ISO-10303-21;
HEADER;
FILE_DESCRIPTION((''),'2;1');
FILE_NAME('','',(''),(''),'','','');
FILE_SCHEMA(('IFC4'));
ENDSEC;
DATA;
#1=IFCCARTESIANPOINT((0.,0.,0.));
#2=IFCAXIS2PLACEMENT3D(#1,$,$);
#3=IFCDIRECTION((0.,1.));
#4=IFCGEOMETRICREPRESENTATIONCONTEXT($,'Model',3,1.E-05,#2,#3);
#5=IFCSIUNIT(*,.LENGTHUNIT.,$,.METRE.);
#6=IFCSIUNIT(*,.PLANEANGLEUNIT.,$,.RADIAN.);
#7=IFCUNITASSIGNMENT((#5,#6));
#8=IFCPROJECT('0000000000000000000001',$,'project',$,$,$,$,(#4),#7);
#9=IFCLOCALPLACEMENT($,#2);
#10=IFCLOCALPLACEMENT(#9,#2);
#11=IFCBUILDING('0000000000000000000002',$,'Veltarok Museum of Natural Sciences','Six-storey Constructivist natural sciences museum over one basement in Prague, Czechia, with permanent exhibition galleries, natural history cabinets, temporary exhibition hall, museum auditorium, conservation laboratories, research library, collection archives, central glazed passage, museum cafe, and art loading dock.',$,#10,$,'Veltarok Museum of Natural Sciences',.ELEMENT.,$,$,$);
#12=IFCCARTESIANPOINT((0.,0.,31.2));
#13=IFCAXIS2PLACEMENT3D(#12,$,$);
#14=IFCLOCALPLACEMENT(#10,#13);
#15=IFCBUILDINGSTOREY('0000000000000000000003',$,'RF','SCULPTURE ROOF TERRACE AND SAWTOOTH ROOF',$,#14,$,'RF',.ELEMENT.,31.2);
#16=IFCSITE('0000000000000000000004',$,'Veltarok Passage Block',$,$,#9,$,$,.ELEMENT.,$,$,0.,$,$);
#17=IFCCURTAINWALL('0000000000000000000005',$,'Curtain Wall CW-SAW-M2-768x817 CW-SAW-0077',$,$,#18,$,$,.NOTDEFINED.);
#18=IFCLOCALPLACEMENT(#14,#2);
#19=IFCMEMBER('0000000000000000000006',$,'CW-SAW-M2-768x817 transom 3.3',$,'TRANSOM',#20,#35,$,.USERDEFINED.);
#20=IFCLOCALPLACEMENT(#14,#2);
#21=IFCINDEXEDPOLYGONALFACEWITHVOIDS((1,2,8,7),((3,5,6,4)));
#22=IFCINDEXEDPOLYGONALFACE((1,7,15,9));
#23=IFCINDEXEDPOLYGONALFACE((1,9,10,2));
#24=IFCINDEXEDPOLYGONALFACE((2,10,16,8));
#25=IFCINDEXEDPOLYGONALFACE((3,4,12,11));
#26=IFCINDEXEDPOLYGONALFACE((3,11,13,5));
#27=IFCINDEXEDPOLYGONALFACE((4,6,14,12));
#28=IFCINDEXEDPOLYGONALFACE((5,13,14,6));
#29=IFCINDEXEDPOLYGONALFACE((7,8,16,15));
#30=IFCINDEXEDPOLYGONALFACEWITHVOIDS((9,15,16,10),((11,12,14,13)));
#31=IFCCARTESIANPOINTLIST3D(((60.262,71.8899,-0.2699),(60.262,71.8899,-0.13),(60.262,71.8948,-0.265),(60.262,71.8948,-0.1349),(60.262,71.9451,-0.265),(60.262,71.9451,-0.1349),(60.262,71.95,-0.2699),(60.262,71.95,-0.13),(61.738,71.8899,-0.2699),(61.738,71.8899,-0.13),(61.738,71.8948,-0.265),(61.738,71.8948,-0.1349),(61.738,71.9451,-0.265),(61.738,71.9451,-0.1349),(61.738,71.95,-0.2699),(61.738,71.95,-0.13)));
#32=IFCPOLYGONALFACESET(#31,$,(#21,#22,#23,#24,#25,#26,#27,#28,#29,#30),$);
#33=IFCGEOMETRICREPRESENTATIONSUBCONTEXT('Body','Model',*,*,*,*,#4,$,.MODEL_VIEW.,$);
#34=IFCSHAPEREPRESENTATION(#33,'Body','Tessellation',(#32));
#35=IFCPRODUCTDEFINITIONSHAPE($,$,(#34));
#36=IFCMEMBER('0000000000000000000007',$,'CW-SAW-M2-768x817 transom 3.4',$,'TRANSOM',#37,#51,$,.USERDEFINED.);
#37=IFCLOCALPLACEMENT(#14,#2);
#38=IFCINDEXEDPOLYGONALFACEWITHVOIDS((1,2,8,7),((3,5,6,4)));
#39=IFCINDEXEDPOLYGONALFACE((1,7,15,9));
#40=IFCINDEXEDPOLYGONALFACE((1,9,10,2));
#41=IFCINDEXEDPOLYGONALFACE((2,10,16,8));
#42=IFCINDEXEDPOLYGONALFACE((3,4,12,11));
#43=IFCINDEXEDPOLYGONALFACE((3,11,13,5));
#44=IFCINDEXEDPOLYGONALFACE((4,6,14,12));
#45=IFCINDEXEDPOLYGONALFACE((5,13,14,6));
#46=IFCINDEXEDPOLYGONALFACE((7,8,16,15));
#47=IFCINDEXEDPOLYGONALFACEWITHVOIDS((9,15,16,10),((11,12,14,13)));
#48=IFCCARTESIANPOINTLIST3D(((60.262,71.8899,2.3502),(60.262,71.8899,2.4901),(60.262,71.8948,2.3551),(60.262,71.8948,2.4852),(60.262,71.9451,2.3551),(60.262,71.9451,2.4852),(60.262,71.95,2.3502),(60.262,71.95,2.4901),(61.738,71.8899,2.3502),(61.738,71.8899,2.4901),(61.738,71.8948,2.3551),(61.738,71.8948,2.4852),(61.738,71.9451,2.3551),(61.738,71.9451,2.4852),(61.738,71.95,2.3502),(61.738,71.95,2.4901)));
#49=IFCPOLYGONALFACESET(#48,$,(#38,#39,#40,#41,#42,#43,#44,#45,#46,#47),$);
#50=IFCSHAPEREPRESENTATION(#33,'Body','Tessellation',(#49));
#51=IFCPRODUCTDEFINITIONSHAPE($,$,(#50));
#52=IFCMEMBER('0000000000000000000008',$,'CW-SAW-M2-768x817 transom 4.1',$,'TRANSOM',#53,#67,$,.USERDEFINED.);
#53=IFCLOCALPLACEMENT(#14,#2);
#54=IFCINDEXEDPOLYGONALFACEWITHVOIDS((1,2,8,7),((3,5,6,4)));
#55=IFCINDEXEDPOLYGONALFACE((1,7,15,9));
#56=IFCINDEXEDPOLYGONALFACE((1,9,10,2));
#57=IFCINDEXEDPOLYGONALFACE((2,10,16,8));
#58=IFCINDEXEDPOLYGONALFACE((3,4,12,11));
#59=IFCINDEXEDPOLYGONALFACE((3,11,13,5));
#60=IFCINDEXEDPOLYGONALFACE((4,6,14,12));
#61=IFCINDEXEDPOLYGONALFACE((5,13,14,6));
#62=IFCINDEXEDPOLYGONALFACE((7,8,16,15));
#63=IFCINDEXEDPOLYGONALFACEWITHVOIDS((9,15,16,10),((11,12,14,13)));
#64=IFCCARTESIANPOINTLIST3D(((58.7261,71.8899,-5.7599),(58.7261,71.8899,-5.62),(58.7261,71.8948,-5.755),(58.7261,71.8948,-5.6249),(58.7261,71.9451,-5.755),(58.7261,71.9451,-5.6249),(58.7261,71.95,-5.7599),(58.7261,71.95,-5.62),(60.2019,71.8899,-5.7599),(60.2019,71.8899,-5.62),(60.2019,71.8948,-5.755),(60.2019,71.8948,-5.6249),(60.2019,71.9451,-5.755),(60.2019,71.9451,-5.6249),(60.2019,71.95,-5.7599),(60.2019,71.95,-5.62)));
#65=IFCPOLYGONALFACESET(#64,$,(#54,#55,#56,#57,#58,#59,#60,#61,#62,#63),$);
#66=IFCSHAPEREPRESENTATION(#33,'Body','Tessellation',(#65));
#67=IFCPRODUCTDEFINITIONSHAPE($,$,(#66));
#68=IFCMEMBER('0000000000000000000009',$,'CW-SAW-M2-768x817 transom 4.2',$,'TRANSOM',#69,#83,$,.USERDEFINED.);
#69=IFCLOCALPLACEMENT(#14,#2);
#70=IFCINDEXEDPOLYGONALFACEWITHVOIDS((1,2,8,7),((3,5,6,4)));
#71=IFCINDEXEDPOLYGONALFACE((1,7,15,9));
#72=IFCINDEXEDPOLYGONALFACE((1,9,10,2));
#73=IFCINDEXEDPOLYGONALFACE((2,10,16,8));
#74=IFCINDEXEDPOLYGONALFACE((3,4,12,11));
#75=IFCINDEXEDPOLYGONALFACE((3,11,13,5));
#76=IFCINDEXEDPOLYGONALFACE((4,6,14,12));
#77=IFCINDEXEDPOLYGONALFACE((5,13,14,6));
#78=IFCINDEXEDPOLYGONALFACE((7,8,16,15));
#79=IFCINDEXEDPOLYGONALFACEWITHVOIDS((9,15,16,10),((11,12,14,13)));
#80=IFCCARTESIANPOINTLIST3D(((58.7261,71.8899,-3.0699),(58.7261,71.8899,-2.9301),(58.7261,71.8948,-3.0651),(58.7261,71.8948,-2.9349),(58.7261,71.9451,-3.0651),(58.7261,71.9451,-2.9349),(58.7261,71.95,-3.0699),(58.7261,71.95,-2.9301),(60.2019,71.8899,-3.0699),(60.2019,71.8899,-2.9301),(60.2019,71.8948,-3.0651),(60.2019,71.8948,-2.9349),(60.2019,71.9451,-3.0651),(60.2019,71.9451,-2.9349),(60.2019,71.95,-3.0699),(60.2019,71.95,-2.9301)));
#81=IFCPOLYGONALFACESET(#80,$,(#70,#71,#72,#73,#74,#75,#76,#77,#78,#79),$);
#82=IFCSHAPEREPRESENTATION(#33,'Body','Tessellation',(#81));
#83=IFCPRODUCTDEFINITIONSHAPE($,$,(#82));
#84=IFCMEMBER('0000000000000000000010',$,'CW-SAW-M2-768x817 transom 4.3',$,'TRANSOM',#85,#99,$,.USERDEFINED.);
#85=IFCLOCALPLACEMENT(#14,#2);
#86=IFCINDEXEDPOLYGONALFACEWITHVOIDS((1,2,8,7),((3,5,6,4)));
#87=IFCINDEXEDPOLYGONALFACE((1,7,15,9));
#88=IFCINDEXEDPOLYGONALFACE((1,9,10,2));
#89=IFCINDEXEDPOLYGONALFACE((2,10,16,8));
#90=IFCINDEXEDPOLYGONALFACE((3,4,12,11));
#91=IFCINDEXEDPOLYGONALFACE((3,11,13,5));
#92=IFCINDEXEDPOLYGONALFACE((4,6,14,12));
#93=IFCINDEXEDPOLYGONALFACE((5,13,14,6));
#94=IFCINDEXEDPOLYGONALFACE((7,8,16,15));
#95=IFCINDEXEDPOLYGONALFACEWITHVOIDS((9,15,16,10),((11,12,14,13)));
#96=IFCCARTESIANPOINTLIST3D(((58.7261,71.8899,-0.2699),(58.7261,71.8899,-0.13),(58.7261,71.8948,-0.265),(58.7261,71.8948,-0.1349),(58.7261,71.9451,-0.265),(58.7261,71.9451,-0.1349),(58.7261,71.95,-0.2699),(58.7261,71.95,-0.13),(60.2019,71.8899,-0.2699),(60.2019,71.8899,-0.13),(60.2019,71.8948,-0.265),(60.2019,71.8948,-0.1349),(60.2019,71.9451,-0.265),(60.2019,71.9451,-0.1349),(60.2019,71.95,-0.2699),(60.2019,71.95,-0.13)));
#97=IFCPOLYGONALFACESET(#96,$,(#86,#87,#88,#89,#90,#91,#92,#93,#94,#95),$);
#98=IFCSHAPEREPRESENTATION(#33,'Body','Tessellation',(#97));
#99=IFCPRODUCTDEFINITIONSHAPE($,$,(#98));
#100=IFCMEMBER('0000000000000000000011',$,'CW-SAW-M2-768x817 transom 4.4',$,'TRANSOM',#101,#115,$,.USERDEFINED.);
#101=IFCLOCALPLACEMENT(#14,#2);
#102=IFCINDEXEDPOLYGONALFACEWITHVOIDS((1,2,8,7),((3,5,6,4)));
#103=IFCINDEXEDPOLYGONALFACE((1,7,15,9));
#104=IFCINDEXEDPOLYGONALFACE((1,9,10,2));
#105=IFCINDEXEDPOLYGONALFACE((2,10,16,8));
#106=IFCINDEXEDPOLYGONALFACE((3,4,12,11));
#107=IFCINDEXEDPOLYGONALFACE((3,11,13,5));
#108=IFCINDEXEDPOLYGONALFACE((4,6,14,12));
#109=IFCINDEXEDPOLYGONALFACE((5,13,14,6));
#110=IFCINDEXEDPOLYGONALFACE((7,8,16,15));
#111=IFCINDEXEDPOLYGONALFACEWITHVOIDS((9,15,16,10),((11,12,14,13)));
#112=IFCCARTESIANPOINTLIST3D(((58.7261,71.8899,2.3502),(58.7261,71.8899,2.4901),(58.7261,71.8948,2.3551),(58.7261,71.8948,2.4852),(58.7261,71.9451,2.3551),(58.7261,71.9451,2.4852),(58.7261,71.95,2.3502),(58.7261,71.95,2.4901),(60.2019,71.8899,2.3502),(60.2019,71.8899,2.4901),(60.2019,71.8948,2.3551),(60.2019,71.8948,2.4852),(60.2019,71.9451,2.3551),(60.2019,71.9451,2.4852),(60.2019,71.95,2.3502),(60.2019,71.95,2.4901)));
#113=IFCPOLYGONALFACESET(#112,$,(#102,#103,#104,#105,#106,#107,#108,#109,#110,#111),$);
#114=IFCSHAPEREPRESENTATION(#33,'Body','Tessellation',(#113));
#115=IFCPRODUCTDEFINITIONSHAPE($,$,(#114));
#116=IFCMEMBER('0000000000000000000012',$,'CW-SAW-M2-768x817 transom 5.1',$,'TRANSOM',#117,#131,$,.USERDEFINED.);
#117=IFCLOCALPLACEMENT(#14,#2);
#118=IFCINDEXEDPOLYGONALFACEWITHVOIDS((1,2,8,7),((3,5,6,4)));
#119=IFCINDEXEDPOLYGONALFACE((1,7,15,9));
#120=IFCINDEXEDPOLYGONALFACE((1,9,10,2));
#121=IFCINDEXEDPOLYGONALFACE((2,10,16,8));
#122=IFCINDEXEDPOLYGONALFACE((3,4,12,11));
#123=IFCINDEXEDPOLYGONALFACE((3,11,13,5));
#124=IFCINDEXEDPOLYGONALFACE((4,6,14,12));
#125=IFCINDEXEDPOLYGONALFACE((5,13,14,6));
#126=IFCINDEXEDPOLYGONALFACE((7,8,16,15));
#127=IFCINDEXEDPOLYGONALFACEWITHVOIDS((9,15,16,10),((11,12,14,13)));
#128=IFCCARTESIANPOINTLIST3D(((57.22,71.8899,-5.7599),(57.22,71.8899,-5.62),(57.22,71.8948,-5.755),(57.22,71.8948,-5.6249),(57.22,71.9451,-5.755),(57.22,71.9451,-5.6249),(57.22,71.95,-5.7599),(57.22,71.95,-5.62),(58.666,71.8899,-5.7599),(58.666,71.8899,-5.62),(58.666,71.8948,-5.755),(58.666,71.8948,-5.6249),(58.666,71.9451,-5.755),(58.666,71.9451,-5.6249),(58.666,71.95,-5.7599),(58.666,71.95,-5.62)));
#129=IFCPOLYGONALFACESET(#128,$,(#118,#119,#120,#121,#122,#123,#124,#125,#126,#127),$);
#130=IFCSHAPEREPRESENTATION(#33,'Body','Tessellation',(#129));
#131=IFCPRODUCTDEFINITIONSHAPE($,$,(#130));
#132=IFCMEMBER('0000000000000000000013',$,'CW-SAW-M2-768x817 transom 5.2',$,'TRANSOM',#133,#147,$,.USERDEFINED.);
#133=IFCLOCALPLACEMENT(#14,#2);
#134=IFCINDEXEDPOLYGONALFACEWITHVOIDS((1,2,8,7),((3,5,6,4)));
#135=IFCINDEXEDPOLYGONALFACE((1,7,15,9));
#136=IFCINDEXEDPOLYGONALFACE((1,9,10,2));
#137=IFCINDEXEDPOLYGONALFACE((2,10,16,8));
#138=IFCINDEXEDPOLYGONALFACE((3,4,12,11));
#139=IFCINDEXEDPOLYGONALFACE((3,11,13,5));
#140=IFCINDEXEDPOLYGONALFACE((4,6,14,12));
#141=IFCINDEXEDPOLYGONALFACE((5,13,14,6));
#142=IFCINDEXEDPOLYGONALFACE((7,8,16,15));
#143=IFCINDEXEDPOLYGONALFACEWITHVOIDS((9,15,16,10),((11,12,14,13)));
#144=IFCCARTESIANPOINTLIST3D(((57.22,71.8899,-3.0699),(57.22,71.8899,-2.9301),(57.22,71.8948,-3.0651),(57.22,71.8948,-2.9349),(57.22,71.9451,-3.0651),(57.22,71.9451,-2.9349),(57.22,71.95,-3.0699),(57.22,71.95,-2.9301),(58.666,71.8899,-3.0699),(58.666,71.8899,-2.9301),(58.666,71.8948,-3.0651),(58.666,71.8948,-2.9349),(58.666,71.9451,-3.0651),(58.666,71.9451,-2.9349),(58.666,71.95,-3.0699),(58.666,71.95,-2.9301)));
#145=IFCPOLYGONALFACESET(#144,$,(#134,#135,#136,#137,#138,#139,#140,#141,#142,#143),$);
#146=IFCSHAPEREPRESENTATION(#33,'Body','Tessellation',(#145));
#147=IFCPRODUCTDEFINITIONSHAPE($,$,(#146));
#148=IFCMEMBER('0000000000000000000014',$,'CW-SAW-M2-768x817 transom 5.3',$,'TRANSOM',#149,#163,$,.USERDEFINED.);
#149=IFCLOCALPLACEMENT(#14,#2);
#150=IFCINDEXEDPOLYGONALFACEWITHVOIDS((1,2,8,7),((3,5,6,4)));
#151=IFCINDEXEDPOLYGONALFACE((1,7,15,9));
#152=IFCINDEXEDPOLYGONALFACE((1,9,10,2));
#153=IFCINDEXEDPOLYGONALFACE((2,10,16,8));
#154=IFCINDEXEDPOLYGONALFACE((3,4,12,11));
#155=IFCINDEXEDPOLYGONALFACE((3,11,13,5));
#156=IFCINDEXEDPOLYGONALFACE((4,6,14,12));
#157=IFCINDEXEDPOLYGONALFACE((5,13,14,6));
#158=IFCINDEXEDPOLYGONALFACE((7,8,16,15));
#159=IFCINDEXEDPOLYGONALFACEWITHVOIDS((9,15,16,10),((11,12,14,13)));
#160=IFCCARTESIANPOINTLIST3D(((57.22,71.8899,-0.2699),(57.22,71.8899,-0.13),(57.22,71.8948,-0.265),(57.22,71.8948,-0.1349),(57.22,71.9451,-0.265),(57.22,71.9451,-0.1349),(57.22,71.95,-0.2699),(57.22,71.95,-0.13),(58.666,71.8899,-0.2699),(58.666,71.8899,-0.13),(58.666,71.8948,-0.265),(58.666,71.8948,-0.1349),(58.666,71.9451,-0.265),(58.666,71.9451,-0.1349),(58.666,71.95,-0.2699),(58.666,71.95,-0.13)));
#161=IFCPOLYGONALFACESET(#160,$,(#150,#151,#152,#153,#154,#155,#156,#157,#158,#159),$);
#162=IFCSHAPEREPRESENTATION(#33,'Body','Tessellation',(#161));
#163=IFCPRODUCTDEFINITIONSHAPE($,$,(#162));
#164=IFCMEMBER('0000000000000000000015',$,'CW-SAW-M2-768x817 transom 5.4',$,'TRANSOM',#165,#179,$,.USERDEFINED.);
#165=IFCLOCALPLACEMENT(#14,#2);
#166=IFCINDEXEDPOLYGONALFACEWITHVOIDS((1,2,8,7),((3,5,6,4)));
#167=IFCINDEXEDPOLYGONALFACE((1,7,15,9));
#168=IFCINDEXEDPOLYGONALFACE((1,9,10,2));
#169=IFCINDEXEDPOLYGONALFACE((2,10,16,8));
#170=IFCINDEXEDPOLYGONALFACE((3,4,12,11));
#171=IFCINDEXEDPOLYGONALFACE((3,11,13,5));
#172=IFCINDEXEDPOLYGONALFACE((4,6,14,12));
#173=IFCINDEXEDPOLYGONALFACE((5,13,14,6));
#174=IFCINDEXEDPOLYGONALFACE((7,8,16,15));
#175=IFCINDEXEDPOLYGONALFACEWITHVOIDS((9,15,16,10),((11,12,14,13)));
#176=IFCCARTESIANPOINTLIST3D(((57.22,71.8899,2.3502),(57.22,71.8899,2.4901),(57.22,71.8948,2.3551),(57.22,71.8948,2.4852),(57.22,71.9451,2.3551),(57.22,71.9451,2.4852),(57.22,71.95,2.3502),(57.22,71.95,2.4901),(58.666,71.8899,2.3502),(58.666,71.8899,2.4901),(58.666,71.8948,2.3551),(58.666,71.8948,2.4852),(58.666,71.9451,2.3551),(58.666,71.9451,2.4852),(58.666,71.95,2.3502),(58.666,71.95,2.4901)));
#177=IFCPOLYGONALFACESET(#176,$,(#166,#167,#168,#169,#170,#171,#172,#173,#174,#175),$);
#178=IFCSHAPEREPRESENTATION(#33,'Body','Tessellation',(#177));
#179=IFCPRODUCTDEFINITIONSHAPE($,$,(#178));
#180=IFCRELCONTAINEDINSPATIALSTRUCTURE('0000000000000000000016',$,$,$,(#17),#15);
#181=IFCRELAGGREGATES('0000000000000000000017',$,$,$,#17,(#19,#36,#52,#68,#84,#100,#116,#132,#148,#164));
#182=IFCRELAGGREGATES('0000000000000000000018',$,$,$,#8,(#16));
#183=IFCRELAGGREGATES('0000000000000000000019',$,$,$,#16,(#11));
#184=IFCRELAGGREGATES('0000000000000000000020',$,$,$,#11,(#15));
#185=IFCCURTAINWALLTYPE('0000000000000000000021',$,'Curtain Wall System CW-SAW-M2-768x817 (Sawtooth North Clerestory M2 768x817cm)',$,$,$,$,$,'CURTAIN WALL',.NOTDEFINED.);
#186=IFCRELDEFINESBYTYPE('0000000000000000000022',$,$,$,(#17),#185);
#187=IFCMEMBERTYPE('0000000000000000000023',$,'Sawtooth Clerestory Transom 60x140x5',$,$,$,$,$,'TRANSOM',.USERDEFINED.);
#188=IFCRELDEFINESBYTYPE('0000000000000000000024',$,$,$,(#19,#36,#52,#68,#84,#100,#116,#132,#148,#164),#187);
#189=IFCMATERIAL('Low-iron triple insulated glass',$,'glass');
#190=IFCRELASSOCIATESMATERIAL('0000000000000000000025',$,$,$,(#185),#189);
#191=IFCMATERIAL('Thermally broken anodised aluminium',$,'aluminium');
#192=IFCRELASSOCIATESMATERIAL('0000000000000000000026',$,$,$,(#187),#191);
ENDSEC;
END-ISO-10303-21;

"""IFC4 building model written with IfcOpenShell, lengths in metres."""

from ifc_helpers import new_model, si_unit, direction, frame, origin, origin_2d, place, context, subcontext, project, spatial, hollow_rectangle, extrude, material, material_profile, profile_set, type_object, element, aggregate, save


model = new_model("IFC4")

# Units and contexts
model_context = context("Model", 3, precision=1e-05, world=origin(), true_north=direction((0.0, 1.0)))
body_context = subcontext(model_context, "Body", "Model", "MODEL_VIEW")
ifc_project = project(units=[si_unit("LENGTHUNIT", "METRE"), si_unit("PLANEANGLEUNIT", "RADIAN")], contexts=[model_context])

# Site, building, storey
site_placement = place(None, origin())
site = spatial("IfcSite", under=ifc_project, at=site_placement, Name="Veltarok Passage Block", CompositionType="ELEMENT", RefElevation=0.0)
building_placement = place(site_placement, origin())
building = spatial("IfcBuilding", under=site, at=building_placement, Name="Veltarok Museum of Natural Sciences", Description="Six-storey Constructivist natural sciences museum over one basement in Prague, Czechia, with permanent exhibition galleries, natural history cabinets, temporary exhibition hall, museum auditorium, conservation laboratories, research library, collection archives, central glazed passage, museum cafe, and art loading dock.", LongName="Veltarok Museum of Natural Sciences", CompositionType="ELEMENT")
storey_placement = place(building_placement, frame((0.0, 0.0, 31.2)))
storey = spatial("IfcBuildingStorey", under=building, at=storey_placement, Name="RF", Description="SCULPTURE ROOF TERRACE AND SAWTOOTH ROOF", LongName="RF", CompositionType="ELEMENT", Elevation=31.2)

# Shared definitions
ifc_material_1 = material(Name="Low-iron triple insulated glass", Category="glass")
curtain_wall_type = type_object("IfcCurtainWallType", Name="Curtain Wall System CW-SAW-M2-768x817 (Sawtooth North Clerestory M2 768x817cm)", ElementType="CURTAIN WALL", PredefinedType="NOTDEFINED", material=ifc_material_1)
ifc_material_2 = material(Name="Thermally broken anodised aluminium", Category="aluminium")

# Curtain wall
curtain_wall_1_placement = place(storey_placement, origin())
curtain_wall_1 = element("IfcCurtainWall", 1, at=curtain_wall_1_placement, inside=storey, type_object=curtain_wall_type, Name="Curtain Wall CW-SAW-M2-768x817 CW-SAW-0077", PredefinedType="NOTDEFINED")

# Members
ifc_material_profile_1 = material_profile(ifc_material_2, hollow_rectangle(XDim=0.0601, YDim=0.1399, WallThickness=0.0049, at=origin_2d()), Name="CW TRANSOM 60x140x5")
ifc_profile_set_1 = profile_set([ifc_material_profile_1], Name="Thermally broken anodised aluminium")
member_type_1 = type_object("IfcMemberType", Name="Sawtooth Clerestory Transom 60x140x5", ElementType="TRANSOM", PredefinedType="USERDEFINED", material=ifc_profile_set_1)
member_1_placement = place(storey_placement, frame((61.738, 71.9199, -0.2), z_axis=(-1.0, 0.0, 0.0), x_axis=(0.0, -1.0, 0.0)))
member_1 = element("IfcMember", 2, at=member_1_placement, type_object=member_type_1, Name="CW-SAW-M2-768x817 transom 3.3", ObjectType="TRANSOM", PredefinedType="USERDEFINED", context=body_context, shape_type="SweptSolid", body=[
    extrude(hollow_rectangle(XDim=0.0601, YDim=0.1399, WallThickness=0.0049, at=origin_2d()), origin(), (0.0, 0.0, 1.0), 1.4761),
])
member_2_placement = place(storey_placement, frame((61.738, 71.9199, 2.4202), z_axis=(-1.0, 0.0, 0.0), x_axis=(0.0, -1.0, 0.0)))
member_2 = element("IfcMember", 3, at=member_2_placement, type_object=member_type_1, Name="CW-SAW-M2-768x817 transom 3.4", ObjectType="TRANSOM", PredefinedType="USERDEFINED", context=body_context, shape_type="SweptSolid", body=[
    extrude(hollow_rectangle(XDim=0.0601, YDim=0.1399, WallThickness=0.0049, at=origin_2d()), origin(), (0.0, 0.0, 1.0), 1.4761),
])
member_3_placement = place(storey_placement, frame((60.2019, 71.9199, -5.6899), z_axis=(-1.0, 0.0, 0.0), x_axis=(0.0, -1.0, 0.0)))
member_3 = element("IfcMember", 4, at=member_3_placement, type_object=member_type_1, Name="CW-SAW-M2-768x817 transom 4.1", ObjectType="TRANSOM", PredefinedType="USERDEFINED", context=body_context, shape_type="SweptSolid", body=[
    extrude(hollow_rectangle(XDim=0.0601, YDim=0.1399, WallThickness=0.0049, at=origin_2d()), origin(), (0.0, 0.0, 1.0), 1.4758),
])
member_4_placement = place(storey_placement, frame((60.2019, 71.9199, -3.0), z_axis=(-1.0, 0.0, 0.0), x_axis=(0.0, -1.0, 0.0)))
member_4 = element("IfcMember", 5, at=member_4_placement, type_object=member_type_1, Name="CW-SAW-M2-768x817 transom 4.2", ObjectType="TRANSOM", PredefinedType="USERDEFINED", context=body_context, shape_type="SweptSolid", body=[
    extrude(hollow_rectangle(XDim=0.0601, YDim=0.1399, WallThickness=0.0049, at=origin_2d()), origin(), (0.0, 0.0, 1.0), 1.4758),
])
member_5_placement = place(storey_placement, frame((60.2019, 71.9199, -0.2), z_axis=(-1.0, 0.0, 0.0), x_axis=(0.0, -1.0, 0.0)))
member_5 = element("IfcMember", 6, at=member_5_placement, type_object=member_type_1, Name="CW-SAW-M2-768x817 transom 4.3", ObjectType="TRANSOM", PredefinedType="USERDEFINED", context=body_context, shape_type="SweptSolid", body=[
    extrude(hollow_rectangle(XDim=0.0601, YDim=0.1399, WallThickness=0.0049, at=origin_2d()), origin(), (0.0, 0.0, 1.0), 1.4758),
])
member_6_placement = place(storey_placement, frame((60.2019, 71.9199, 2.4202), z_axis=(-1.0, 0.0, 0.0), x_axis=(0.0, -1.0, 0.0)))
member_6 = element("IfcMember", 7, at=member_6_placement, type_object=member_type_1, Name="CW-SAW-M2-768x817 transom 4.4", ObjectType="TRANSOM", PredefinedType="USERDEFINED", context=body_context, shape_type="SweptSolid", body=[
    extrude(hollow_rectangle(XDim=0.0601, YDim=0.1399, WallThickness=0.0049, at=origin_2d()), origin(), (0.0, 0.0, 1.0), 1.4758),
])
member_7_placement = place(storey_placement, frame((58.666, 71.9199, -5.6899), z_axis=(-1.0, 0.0, 0.0), x_axis=(0.0, -1.0, 0.0)))
member_7 = element("IfcMember", 8, at=member_7_placement, type_object=member_type_1, Name="CW-SAW-M2-768x817 transom 5.1", ObjectType="TRANSOM", PredefinedType="USERDEFINED", context=body_context, shape_type="SweptSolid", body=[
    extrude(hollow_rectangle(XDim=0.0601, YDim=0.1399, WallThickness=0.0049, at=origin_2d()), origin(), (0.0, 0.0, 1.0), 1.446),
])
member_8_placement = place(storey_placement, frame((58.666, 71.9199, -3.0), z_axis=(-1.0, 0.0, 0.0), x_axis=(0.0, -1.0, 0.0)))
member_8 = element("IfcMember", 9, at=member_8_placement, type_object=member_type_1, Name="CW-SAW-M2-768x817 transom 5.2", ObjectType="TRANSOM", PredefinedType="USERDEFINED", context=body_context, shape_type="SweptSolid", body=[
    extrude(hollow_rectangle(XDim=0.0601, YDim=0.1399, WallThickness=0.0049, at=origin_2d()), origin(), (0.0, 0.0, 1.0), 1.446),
])
member_9_placement = place(storey_placement, frame((58.666, 71.9199, -0.2), z_axis=(-1.0, 0.0, 0.0), x_axis=(0.0, -1.0, 0.0)))
member_9 = element("IfcMember", 10, at=member_9_placement, type_object=member_type_1, Name="CW-SAW-M2-768x817 transom 5.3", ObjectType="TRANSOM", PredefinedType="USERDEFINED", context=body_context, shape_type="SweptSolid", body=[
    extrude(hollow_rectangle(XDim=0.0601, YDim=0.1399, WallThickness=0.0049, at=origin_2d()), origin(), (0.0, 0.0, 1.0), 1.446),
])
member_10_placement = place(storey_placement, frame((58.666, 71.9199, 2.4202), z_axis=(-1.0, 0.0, 0.0), x_axis=(0.0, -1.0, 0.0)))
member_10 = element("IfcMember", 11, at=member_10_placement, type_object=member_type_1, Name="CW-SAW-M2-768x817 transom 5.4", ObjectType="TRANSOM", PredefinedType="USERDEFINED", context=body_context, shape_type="SweptSolid", body=[
    extrude(hollow_rectangle(XDim=0.0601, YDim=0.1399, WallThickness=0.0049, at=origin_2d()), origin(), (0.0, 0.0, 1.0), 1.446),
])

aggregate(curtain_wall_1, [member_1, member_2, member_3, member_4, member_5, member_6, member_7, member_8, member_9, member_10])

save(model, "model.ifc")
